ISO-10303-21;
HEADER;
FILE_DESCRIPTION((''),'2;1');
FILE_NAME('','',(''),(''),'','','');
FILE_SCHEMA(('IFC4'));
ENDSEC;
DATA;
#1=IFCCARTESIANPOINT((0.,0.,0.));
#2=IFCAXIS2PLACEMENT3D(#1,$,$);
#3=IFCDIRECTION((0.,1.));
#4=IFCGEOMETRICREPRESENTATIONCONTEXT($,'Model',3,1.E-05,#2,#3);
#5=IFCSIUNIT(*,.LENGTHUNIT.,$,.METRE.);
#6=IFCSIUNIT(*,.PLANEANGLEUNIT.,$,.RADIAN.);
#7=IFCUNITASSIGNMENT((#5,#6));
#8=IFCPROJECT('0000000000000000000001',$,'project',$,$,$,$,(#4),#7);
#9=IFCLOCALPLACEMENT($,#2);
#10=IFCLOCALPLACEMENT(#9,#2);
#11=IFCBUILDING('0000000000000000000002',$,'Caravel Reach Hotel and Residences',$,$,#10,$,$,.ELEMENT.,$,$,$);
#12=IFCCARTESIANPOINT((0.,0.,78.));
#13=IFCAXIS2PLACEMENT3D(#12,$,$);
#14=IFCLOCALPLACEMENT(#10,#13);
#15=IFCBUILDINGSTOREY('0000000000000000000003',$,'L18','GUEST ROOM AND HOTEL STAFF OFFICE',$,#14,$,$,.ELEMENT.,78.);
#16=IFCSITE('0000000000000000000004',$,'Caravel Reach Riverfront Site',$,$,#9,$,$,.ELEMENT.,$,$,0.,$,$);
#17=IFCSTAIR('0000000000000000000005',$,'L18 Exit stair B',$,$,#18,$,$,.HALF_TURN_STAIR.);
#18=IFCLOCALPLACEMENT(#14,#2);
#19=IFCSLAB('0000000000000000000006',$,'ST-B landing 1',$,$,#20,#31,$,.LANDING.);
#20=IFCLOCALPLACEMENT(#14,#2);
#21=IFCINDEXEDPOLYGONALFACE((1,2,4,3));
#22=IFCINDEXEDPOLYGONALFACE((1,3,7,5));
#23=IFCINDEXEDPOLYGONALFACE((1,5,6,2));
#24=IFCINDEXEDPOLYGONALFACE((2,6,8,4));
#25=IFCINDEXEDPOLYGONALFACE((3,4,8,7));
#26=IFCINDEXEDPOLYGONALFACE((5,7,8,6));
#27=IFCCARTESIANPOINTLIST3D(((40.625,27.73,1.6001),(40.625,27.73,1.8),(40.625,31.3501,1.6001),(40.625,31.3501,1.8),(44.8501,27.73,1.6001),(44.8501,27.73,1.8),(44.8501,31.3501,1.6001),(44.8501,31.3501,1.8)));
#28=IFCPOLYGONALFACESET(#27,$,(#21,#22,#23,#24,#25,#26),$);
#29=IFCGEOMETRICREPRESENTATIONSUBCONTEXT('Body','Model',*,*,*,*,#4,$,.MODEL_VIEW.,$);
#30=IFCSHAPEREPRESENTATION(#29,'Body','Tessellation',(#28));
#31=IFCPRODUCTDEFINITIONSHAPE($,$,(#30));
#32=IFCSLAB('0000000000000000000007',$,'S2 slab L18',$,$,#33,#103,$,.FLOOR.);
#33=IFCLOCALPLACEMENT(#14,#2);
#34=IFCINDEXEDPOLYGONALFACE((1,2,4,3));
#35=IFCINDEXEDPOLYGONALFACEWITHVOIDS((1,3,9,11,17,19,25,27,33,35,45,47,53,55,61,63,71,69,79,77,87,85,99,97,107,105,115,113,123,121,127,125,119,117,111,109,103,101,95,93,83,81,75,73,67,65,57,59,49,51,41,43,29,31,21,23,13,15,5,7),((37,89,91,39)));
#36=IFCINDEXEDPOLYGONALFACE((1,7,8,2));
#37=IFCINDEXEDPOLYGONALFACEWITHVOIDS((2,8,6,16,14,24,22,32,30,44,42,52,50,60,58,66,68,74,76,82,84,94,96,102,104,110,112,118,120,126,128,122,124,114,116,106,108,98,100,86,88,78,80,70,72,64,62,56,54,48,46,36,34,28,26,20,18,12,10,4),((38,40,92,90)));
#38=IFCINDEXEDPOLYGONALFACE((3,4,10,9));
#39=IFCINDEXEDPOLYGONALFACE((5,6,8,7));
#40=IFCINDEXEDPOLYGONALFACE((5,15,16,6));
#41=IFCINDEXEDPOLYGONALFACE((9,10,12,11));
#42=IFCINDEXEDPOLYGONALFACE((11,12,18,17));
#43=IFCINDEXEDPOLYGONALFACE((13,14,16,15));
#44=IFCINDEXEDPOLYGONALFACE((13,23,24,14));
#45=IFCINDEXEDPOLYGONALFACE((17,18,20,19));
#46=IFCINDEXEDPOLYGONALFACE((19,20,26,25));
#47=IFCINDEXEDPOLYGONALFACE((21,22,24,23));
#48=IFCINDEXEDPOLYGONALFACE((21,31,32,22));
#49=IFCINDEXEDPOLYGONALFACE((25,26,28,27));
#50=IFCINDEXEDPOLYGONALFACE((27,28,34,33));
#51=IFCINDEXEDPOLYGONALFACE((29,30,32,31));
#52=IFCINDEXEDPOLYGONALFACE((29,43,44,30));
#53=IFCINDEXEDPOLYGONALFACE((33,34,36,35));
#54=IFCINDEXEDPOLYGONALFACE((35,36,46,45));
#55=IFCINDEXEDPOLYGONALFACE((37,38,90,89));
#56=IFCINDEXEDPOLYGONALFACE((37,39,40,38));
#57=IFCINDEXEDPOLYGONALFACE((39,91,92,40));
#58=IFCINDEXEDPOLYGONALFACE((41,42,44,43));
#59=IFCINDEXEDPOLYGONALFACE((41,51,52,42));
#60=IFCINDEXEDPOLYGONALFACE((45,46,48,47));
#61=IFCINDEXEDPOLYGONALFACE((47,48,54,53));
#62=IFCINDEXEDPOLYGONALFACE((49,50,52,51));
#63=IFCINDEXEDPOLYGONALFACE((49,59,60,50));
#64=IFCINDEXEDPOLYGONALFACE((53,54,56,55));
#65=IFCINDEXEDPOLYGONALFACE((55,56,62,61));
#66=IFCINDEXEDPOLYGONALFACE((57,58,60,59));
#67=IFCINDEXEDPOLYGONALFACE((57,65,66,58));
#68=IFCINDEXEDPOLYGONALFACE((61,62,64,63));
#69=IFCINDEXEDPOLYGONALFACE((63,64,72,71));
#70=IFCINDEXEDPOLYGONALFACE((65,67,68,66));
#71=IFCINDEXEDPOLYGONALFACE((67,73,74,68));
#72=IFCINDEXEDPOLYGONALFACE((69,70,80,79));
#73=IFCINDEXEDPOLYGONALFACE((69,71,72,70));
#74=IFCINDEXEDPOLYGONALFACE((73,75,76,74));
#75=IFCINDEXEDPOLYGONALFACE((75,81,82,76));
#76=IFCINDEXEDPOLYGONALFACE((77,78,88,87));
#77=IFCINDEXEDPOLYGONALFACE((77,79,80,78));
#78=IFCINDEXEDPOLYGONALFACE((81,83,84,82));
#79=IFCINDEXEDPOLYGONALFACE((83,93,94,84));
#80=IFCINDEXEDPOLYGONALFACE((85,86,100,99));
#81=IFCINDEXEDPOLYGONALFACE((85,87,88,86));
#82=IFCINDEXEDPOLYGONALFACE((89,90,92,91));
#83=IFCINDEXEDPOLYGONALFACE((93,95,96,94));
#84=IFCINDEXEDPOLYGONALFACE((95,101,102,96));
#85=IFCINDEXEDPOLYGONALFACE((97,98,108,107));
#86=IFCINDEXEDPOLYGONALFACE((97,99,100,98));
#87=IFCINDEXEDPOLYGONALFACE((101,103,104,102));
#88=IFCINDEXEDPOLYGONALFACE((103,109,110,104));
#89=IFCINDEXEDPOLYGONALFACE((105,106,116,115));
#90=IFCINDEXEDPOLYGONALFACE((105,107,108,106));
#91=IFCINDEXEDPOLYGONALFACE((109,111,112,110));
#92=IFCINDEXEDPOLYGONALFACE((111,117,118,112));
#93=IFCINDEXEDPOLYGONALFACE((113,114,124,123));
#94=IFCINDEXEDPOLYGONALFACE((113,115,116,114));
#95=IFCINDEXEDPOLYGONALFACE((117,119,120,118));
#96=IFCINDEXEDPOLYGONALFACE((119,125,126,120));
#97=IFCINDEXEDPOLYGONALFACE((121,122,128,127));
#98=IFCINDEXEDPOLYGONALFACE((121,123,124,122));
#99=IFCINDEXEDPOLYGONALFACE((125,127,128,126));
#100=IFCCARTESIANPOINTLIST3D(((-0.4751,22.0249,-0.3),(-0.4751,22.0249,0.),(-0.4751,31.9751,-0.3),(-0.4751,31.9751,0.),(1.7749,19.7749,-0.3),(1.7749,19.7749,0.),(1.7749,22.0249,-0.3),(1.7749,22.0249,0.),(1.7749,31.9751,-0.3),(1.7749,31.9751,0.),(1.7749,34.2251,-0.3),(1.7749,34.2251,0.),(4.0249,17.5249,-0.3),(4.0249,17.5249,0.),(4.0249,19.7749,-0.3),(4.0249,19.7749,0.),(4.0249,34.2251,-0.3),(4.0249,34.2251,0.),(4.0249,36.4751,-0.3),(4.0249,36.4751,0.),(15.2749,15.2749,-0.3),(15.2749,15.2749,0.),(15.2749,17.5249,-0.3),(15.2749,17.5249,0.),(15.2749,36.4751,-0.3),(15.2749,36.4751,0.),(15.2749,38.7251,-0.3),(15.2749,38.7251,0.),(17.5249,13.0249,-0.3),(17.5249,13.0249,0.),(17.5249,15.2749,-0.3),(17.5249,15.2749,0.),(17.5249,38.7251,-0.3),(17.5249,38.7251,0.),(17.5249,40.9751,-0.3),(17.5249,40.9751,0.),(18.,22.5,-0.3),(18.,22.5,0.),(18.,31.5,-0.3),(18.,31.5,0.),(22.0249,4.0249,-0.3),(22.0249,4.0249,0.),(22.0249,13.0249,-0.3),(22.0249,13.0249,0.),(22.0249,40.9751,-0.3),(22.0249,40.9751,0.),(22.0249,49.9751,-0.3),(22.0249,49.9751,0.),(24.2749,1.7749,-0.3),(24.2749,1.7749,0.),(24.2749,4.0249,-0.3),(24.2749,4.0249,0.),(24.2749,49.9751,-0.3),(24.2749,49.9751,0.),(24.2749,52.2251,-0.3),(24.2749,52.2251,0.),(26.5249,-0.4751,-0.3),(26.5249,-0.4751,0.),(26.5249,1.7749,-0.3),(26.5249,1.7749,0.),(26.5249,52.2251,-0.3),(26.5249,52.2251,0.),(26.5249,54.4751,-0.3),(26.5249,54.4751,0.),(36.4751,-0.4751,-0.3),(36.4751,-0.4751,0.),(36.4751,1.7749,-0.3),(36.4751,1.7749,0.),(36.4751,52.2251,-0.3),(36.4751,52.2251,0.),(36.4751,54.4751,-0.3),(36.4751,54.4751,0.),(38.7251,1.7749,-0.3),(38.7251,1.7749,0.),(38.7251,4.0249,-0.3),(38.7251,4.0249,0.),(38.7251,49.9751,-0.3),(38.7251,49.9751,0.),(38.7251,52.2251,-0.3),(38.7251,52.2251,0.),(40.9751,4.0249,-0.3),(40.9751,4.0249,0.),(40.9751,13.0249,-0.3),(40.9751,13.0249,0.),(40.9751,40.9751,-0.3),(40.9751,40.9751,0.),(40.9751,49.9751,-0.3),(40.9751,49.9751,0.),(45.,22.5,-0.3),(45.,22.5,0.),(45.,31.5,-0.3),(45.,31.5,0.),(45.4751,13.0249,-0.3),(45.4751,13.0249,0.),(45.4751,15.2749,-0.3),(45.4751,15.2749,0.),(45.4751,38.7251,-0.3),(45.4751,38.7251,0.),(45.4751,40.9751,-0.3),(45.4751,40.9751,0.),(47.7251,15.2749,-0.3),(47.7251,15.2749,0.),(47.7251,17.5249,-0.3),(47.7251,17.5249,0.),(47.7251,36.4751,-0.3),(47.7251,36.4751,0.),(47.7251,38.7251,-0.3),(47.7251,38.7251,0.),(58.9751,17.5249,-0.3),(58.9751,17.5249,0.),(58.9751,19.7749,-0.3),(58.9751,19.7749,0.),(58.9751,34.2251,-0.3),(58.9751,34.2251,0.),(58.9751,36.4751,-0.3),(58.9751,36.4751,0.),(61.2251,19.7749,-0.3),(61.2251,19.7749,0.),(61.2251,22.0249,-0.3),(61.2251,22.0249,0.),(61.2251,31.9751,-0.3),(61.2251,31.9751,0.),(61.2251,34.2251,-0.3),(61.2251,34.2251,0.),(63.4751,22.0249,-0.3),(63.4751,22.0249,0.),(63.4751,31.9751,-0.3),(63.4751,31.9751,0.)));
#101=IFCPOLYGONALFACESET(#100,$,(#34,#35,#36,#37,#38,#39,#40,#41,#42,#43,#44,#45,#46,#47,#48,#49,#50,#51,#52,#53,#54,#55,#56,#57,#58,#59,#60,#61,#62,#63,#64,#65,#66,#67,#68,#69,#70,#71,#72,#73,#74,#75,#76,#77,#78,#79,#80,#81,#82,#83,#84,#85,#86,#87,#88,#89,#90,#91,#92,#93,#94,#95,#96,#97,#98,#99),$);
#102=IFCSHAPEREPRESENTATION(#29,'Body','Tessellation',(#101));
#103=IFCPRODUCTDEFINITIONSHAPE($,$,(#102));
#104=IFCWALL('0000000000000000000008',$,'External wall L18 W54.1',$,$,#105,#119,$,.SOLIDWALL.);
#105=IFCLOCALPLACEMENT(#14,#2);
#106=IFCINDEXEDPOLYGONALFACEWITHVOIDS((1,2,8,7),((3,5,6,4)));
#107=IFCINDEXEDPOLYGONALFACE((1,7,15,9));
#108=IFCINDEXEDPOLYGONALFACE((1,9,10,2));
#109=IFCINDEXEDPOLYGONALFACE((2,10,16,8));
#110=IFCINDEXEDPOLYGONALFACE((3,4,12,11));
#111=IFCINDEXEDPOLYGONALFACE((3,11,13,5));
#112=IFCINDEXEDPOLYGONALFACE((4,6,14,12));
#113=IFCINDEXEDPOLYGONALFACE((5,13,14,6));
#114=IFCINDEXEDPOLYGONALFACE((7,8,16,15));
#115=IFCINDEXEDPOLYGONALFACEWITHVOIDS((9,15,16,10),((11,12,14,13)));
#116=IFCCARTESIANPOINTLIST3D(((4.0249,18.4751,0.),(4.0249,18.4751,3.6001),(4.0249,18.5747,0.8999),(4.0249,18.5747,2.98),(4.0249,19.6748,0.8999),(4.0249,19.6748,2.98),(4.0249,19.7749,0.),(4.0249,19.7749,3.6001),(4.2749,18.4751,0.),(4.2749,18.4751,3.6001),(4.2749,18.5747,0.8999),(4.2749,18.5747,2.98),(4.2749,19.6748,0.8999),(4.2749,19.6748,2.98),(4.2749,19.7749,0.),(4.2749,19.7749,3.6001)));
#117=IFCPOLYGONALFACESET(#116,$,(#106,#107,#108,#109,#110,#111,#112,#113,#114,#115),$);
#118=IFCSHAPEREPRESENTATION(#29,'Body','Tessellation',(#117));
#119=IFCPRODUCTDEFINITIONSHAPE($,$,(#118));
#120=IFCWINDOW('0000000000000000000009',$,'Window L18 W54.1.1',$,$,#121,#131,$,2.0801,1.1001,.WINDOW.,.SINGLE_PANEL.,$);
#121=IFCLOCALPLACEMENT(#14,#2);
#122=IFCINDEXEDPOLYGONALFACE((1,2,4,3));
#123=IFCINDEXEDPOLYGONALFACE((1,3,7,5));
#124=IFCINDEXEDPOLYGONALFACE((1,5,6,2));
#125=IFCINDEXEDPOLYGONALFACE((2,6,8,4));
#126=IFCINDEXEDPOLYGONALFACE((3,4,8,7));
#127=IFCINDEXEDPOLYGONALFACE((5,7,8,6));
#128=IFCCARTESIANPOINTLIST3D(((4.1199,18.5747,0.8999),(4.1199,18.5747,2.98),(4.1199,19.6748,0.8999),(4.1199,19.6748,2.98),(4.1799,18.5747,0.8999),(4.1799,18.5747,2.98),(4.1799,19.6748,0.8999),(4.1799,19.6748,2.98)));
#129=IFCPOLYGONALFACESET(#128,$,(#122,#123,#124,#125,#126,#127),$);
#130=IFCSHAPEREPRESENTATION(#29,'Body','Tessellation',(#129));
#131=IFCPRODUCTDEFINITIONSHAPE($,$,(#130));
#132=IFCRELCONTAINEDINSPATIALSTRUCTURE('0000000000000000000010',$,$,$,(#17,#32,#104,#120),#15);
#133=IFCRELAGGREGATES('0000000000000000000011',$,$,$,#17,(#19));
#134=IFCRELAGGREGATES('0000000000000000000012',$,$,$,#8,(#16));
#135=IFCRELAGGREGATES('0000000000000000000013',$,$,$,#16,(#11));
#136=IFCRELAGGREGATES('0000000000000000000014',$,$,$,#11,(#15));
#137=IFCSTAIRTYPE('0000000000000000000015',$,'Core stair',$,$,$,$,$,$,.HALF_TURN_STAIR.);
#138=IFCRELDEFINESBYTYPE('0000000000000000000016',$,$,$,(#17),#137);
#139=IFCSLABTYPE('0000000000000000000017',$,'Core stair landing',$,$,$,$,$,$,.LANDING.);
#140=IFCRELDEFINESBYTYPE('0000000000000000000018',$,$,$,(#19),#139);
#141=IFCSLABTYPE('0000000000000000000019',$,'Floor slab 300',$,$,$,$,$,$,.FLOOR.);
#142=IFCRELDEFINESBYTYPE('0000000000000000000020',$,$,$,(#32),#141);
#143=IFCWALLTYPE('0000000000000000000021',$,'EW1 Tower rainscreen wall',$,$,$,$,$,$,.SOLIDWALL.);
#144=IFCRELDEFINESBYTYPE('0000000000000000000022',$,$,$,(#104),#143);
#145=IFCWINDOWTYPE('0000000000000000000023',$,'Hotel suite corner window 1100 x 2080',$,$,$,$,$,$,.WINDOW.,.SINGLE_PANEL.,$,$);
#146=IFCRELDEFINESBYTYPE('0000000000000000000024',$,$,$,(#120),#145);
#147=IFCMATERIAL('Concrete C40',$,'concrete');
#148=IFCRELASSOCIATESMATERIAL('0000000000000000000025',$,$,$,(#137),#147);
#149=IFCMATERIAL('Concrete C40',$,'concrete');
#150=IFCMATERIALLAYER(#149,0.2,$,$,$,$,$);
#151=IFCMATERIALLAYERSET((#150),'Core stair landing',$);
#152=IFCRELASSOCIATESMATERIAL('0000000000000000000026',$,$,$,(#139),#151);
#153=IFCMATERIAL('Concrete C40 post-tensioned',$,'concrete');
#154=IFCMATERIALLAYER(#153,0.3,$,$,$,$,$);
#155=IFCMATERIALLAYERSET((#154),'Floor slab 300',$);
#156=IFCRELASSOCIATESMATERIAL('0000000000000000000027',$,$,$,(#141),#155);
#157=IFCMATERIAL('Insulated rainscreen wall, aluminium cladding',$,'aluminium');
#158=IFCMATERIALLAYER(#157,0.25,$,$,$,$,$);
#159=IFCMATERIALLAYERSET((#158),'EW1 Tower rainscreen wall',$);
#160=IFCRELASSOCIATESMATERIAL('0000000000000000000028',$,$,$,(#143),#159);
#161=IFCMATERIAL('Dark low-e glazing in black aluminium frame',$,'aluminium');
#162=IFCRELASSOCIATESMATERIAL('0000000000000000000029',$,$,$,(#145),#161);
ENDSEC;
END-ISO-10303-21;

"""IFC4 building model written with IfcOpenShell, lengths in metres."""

from ifc_helpers import new_model, si_unit, direction, frame, frame_2d, origin, place, context, subcontext, project, spatial, polyline, rectangle, outline, extrude, material, layer, layer_set, type_object, element, fill, aggregate, save


model = new_model("IFC4")

# Units and contexts
model_context = context("Model", 3, precision=1e-05, world=origin(), true_north=direction((0.0, 1.0)))
body_context = subcontext(model_context, "Body", "Model", "MODEL_VIEW")
ifc_project = project(units=[si_unit("LENGTHUNIT", "METRE"), si_unit("PLANEANGLEUNIT", "RADIAN")], contexts=[model_context])

# Site, building, storey
site_placement = place(None, origin())
site = spatial("IfcSite", under=ifc_project, at=site_placement, Name="Caravel Reach Riverfront Site", CompositionType="ELEMENT", RefElevation=0.0)
building_placement = place(site_placement, origin())
building = spatial("IfcBuilding", under=site, at=building_placement, Name="Caravel Reach Hotel and Residences", CompositionType="ELEMENT")
storey_placement = place(building_placement, frame((0.0, 0.0, 78.0)))
storey = spatial("IfcBuildingStorey", under=building, at=storey_placement, Name="L18", Description="GUEST ROOM AND HOTEL STAFF OFFICE", CompositionType="ELEMENT", Elevation=78.0)

# Stair, slab
ifc_material_1 = material(Name="Concrete C40", Category="concrete")
stair_type = type_object("IfcStairType", Name="Core stair", PredefinedType="HALF_TURN_STAIR", material=ifc_material_1)
ifc_material_2 = material(Name="Concrete C40", Category="concrete")
ifc_layer_1 = layer(ifc_material_2, 0.2)
ifc_layer_set_1 = layer_set([ifc_layer_1], Name="Core stair landing")
slab_type_1 = type_object("IfcSlabType", Name="Core stair landing", PredefinedType="LANDING", material=ifc_layer_set_1)
stair_1_placement = place(storey_placement, origin())
stair_1 = element("IfcStair", 1, at=stair_1_placement, inside=storey, type_object=stair_type, Name="L18 Exit stair B", PredefinedType="HALF_TURN_STAIR")
slab_1_placement = place(storey_placement, frame((0.0, 0.0, 1.6001)))
slab_1 = element("IfcSlab", 2, at=slab_1_placement, type_object=slab_type_1, Name="ST-B landing 1", PredefinedType="LANDING", context=body_context, shape_type="SweptSolid", body=[
    extrude(outline(polyline([(44.8501, 27.73), (44.8501, 31.3501), (40.625, 31.3501), (40.625, 27.73), (44.8501, 27.73)])), origin(), (0.0, 0.0, 1.0), 0.2),
])
aggregate(stair_1, [slab_1])

# Slab
ifc_material_3 = material(Name="Concrete C40 post-tensioned", Category="concrete")
ifc_layer_2 = layer(ifc_material_3, 0.3)
ifc_layer_set_2 = layer_set([ifc_layer_2], Name="Floor slab 300")
slab_type_2 = type_object("IfcSlabType", Name="Floor slab 300", PredefinedType="FLOOR", material=ifc_layer_set_2)
slab_2_placement = place(storey_placement, frame((0.0, 0.0, -0.3)))
element("IfcSlab", 3, at=slab_2_placement, inside=storey, type_object=slab_type_2, Name="S2 slab L18", PredefinedType="FLOOR", context=body_context, shape_type="SweptSolid", body=[
    extrude(outline(polyline([(17.5249, 13.0249), (17.5249, 15.2749), (15.2749, 15.2749), (15.2749, 17.5249), (4.0249, 17.5249), (4.0249, 19.7749), (1.7749, 19.7749), (1.7749, 22.0249), (-0.4751, 22.0249), (-0.4751, 31.9751), (1.7749, 31.9751), (1.7749, 34.2251), (4.0249, 34.2251), (4.0249, 36.4751), (15.2749, 36.4751), (15.2749, 38.7251), (17.5249, 38.7251), (17.5249, 40.9751), (22.0249, 40.9751), (22.0249, 49.9751), (24.2749, 49.9751), (24.2749, 52.2251), (26.5249, 52.2251), (26.5249, 54.4751), (36.4751, 54.4751), (36.4751, 52.2251), (38.7251, 52.2251), (38.7251, 49.9751), (40.9751, 49.9751), (40.9751, 40.9751), (45.4751, 40.9751), (45.4751, 38.7251), (47.7251, 38.7251), (47.7251, 36.4751), (58.9751, 36.4751), (58.9751, 34.2251), (61.2251, 34.2251), (61.2251, 31.9751), (63.4751, 31.9751), (63.4751, 22.0249), (61.2251, 22.0249), (61.2251, 19.7749), (58.9751, 19.7749), (58.9751, 17.5249), (47.7251, 17.5249), (47.7251, 15.2749), (45.4751, 15.2749), (45.4751, 13.0249), (40.9751, 13.0249), (40.9751, 4.0249), (38.7251, 4.0249), (38.7251, 1.7749), (36.4751, 1.7749), (36.4751, -0.4751), (26.5249, -0.4751), (26.5249, 1.7749), (24.2749, 1.7749), (24.2749, 4.0249), (22.0249, 4.0249), (22.0249, 13.0249), (17.5249, 13.0249)]), holes=[polyline([(45.0, 31.5), (18.0, 31.5), (18.0, 22.5), (45.0, 22.5), (45.0, 31.5)])]), origin(), (0.0, 0.0, 1.0), 0.3),
])

# Wall, opening, window
ifc_material_4 = material(Name="Insulated rainscreen wall, aluminium cladding", Category="aluminium")
ifc_layer_3 = layer(ifc_material_4, 0.25)
ifc_layer_set_3 = layer_set([ifc_layer_3], Name="EW1 Tower rainscreen wall")
wall_type_1 = type_object("IfcWallType", Name="EW1 Tower rainscreen wall", PredefinedType="SOLIDWALL", material=ifc_layer_set_3)
wall_1_placement = place(storey_placement, frame((4.1499, 19.7749, 0.0), z_axis=(0.0, 0.0, 1.0), x_axis=(0.0, -1.0, 0.0)))
wall_1 = element("IfcWall", 4, at=wall_1_placement, inside=storey, type_object=wall_type_1, Name="External wall L18 W54.1", PredefinedType="SOLIDWALL", context=body_context, shape_type="SweptSolid", body=[
    extrude(rectangle(XDim=1.2998, YDim=0.25, at=frame_2d((0.6499, 0.0))), origin(), (0.0, 0.0, 1.0), 3.6001),
])
opening_1_placement = place(wall_1_placement, frame((0.1001, 0.0, 0.8999)))
opening_1 = element("IfcOpeningElement", 5, at=opening_1_placement, cuts=wall_1, PredefinedType="OPENING", context=body_context, shape_type="SweptSolid", body=[
    extrude(rectangle(XDim=1.1001, YDim=2.0801, at=frame_2d((0.55, 1.04))), frame((0.0, 0.135, 0.0), z_axis=(0.0, -1.0, 0.0), x_axis=(1.0, 0.0, 0.0)), (0.0, 0.0, 1.0), 0.27),
])
ifc_material_5 = material(Name="Dark low-e glazing in black aluminium frame", Category="aluminium")
window_type_1 = type_object("IfcWindowType", Name="Hotel suite corner window 1100 x 2080", PartitioningType="SINGLE_PANEL", PredefinedType="WINDOW", material=ifc_material_5)
window_1_placement = place(opening_1_placement, origin())
window_1 = element("IfcWindow", 6, at=window_1_placement, inside=storey, type_object=window_type_1, Name="Window L18 W54.1.1", OverallHeight=2.0801, OverallWidth=1.1001, PartitioningType="SINGLE_PANEL", PredefinedType="WINDOW", context=body_context, shape_type="SweptSolid", body=[
    extrude(rectangle(XDim=1.1001, YDim=2.0801, at=frame_2d((0.55, 1.04))), frame((0.0, 0.03, 0.0), z_axis=(0.0, -1.0, 0.0), x_axis=(1.0, 0.0, 0.0)), (0.0, 0.0, 1.0), 0.0601),
])
fill(opening_1, window_1)

save(model, "model.ifc")
